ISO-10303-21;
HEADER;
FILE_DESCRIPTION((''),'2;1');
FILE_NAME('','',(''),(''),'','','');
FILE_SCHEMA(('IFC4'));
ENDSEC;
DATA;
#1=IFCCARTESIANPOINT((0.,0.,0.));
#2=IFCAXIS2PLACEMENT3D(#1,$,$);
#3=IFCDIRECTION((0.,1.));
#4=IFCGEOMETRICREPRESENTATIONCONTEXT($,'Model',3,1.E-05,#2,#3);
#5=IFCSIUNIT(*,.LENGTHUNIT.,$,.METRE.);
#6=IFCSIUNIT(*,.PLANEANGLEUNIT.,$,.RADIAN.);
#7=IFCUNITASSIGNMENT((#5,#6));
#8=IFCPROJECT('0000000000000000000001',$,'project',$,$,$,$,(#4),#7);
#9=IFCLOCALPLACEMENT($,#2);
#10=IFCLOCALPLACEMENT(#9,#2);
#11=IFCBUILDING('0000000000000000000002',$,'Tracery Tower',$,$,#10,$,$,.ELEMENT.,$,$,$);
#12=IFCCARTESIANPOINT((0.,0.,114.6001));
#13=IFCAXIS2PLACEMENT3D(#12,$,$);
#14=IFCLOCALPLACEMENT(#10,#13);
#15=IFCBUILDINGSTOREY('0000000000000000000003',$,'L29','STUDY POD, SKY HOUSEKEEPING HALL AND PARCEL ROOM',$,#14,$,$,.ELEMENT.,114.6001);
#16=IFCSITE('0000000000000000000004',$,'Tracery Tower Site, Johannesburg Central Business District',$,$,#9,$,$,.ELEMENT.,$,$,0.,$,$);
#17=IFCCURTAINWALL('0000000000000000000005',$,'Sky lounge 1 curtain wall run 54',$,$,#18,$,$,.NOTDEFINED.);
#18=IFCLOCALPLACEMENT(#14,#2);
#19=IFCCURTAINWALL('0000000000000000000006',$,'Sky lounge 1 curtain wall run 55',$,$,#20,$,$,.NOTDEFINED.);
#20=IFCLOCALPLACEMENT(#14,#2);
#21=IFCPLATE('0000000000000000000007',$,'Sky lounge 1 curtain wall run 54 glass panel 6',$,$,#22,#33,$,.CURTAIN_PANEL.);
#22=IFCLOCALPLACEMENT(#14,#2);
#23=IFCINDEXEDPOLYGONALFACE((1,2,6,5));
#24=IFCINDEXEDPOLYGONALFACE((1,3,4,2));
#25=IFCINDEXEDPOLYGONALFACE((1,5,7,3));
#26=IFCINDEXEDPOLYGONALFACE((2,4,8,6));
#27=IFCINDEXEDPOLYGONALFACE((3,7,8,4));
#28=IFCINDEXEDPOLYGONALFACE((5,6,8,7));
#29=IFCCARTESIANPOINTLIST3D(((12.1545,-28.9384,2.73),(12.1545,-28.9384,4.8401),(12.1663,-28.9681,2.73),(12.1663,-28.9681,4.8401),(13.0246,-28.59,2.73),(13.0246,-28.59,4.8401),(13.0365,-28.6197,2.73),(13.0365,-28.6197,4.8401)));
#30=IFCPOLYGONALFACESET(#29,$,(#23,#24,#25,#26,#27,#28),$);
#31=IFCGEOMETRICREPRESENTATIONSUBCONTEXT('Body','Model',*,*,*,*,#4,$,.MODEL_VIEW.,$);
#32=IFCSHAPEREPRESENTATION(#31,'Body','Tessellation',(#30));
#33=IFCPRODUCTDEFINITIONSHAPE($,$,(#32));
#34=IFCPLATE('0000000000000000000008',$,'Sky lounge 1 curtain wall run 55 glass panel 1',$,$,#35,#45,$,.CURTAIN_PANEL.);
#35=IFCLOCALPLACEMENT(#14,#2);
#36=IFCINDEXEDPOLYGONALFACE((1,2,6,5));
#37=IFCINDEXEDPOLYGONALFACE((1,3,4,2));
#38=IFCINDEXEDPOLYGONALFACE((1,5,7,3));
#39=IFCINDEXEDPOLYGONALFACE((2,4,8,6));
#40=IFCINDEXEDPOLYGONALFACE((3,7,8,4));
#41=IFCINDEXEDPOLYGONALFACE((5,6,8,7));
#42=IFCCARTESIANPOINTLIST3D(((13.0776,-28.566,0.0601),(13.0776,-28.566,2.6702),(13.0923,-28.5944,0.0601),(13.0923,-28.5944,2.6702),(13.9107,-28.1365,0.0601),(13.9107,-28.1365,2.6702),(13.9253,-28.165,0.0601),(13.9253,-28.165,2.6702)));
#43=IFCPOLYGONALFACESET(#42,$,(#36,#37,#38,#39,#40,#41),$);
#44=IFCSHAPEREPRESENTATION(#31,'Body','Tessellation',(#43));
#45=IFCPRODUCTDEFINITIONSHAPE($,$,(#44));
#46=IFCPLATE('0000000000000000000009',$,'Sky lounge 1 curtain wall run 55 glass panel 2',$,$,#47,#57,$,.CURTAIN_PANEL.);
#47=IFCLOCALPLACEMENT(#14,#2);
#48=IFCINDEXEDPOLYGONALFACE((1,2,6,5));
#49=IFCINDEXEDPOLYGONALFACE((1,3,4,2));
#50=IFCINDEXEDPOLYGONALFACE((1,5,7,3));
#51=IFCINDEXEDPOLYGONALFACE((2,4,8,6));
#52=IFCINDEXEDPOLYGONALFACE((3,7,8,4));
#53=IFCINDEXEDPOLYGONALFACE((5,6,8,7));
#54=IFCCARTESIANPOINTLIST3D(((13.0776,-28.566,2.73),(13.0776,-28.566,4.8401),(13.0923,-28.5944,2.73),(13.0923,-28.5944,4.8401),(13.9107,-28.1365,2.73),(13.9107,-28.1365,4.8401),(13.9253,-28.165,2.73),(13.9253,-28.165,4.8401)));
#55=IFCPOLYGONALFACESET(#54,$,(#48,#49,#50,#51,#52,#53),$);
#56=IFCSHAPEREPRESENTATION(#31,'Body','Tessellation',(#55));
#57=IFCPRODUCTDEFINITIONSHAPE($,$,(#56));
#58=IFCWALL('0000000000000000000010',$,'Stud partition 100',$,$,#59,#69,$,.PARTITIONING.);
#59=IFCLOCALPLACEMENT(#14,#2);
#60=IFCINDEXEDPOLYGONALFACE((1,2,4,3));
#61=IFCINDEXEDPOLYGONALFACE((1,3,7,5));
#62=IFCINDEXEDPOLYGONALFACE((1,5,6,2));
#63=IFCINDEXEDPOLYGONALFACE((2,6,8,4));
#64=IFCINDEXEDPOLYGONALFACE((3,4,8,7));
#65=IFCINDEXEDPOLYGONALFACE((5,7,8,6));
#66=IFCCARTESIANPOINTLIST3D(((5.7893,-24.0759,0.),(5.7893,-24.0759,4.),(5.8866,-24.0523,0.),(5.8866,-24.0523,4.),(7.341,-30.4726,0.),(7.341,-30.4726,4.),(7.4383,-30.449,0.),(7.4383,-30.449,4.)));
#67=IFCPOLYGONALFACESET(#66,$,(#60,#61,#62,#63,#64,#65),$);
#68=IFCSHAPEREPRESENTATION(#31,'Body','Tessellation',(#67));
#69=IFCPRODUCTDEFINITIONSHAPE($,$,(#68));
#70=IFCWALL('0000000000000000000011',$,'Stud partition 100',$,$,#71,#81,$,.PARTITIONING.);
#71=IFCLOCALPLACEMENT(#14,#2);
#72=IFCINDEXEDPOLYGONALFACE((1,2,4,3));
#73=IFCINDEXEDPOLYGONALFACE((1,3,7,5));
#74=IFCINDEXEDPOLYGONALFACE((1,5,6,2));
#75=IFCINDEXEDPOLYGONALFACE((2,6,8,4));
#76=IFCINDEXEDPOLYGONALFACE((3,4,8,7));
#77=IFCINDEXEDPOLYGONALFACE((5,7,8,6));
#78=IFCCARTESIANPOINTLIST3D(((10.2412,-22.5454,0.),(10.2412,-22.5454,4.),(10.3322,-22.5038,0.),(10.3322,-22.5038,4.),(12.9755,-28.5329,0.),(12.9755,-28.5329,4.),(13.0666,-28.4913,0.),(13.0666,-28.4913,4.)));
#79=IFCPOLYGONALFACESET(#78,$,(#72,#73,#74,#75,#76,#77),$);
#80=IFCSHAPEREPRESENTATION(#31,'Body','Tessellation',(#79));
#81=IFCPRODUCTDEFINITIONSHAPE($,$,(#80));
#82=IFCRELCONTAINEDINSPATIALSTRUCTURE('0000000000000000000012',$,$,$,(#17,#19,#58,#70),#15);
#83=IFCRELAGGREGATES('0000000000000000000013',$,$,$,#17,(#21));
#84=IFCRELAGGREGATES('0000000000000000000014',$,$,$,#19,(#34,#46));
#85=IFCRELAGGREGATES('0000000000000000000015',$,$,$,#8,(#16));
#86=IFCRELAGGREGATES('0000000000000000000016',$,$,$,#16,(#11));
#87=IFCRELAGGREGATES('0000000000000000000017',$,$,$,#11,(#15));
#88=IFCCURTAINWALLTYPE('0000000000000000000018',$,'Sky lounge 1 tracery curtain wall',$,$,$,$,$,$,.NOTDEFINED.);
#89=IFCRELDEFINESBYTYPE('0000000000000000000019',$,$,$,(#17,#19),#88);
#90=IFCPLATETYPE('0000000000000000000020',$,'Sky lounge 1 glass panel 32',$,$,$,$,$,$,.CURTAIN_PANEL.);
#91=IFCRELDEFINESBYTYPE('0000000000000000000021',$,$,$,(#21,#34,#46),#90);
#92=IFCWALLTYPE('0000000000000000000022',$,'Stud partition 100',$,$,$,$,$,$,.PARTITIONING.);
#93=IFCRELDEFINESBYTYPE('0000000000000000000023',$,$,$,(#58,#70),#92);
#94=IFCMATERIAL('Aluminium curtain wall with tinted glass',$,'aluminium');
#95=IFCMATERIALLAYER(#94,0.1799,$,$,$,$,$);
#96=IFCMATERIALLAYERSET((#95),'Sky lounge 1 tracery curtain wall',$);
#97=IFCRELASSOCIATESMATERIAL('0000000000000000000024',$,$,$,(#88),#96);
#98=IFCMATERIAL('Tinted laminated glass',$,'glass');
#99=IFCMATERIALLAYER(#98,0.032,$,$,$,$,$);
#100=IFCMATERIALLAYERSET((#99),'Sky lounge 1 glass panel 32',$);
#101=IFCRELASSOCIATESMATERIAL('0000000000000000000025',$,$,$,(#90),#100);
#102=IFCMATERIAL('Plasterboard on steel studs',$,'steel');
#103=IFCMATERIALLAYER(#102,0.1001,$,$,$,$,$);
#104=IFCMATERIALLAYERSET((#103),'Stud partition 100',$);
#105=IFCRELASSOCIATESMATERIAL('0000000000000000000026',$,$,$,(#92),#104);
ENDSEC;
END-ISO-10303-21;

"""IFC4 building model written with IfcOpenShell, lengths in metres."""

from ifc_helpers import new_model, si_unit, direction, frame, frame_2d, origin, origin_2d, place, context, subcontext, project, spatial, rectangle, extrude, material, layer, layer_set, type_object, element, aggregate, save


model = new_model("IFC4")

# Units and contexts
model_context = context("Model", 3, precision=1e-05, world=origin(), true_north=direction((0.0, 1.0)))
body_context = subcontext(model_context, "Body", "Model", "MODEL_VIEW")
ifc_project = project(units=[si_unit("LENGTHUNIT", "METRE"), si_unit("PLANEANGLEUNIT", "RADIAN")], contexts=[model_context])

# Site, building, storey
site_placement = place(None, origin())
site = spatial("IfcSite", under=ifc_project, at=site_placement, Name="Tracery Tower Site, Johannesburg Central Business District", CompositionType="ELEMENT", RefElevation=0.0)
building_placement = place(site_placement, origin())
building = spatial("IfcBuilding", under=site, at=building_placement, Name="Tracery Tower", CompositionType="ELEMENT")
storey_placement = place(building_placement, frame((0.0, 0.0, 114.6001)))
storey = spatial("IfcBuildingStorey", under=building, at=storey_placement, Name="L29", Description="STUDY POD, SKY HOUSEKEEPING HALL AND PARCEL ROOM", CompositionType="ELEMENT", Elevation=114.6001)

# Curtain walls
ifc_material_1 = material(Name="Aluminium curtain wall with tinted glass", Category="aluminium")
ifc_layer_1 = layer(ifc_material_1, 0.1799)
ifc_layer_set_1 = layer_set([ifc_layer_1], Name="Sky lounge 1 tracery curtain wall")
curtain_wall_type = type_object("IfcCurtainWallType", Name="Sky lounge 1 tracery curtain wall", PredefinedType="NOTDEFINED", material=ifc_layer_set_1)
curtain_wall_1_placement = place(storey_placement, origin())
curtain_wall_1 = element("IfcCurtainWall", 1, at=curtain_wall_1_placement, inside=storey, type_object=curtain_wall_type, Name="Sky lounge 1 curtain wall run 54", PredefinedType="NOTDEFINED")
curtain_wall_2_placement = place(storey_placement, origin())
curtain_wall_2 = element("IfcCurtainWall", 2, at=curtain_wall_2_placement, inside=storey, type_object=curtain_wall_type, Name="Sky lounge 1 curtain wall run 55", PredefinedType="NOTDEFINED")

# Plates
ifc_material_2 = material(Name="Tinted laminated glass", Category="glass")
ifc_layer_2 = layer(ifc_material_2, 0.032)
ifc_layer_set_2 = layer_set([ifc_layer_2], Name="Sky lounge 1 glass panel 32")
plate_type = type_object("IfcPlateType", Name="Sky lounge 1 glass panel 32", PredefinedType="CURTAIN_PANEL", material=ifc_layer_set_2)
plate_1_placement = place(storey_placement, frame((12.5955, -28.7791, 2.73), z_axis=(0.0, 0.0, 1.0), x_axis=(0.928368, 0.371662, 0.0)))
plate_1 = element("IfcPlate", 3, at=plate_1_placement, type_object=plate_type, Name="Sky lounge 1 curtain wall run 54 glass panel 6", PredefinedType="CURTAIN_PANEL", context=body_context, shape_type="SweptSolid", body=[
    extrude(rectangle(XDim=0.9373, YDim=0.032, at=origin_2d()), origin(), (0.0, 0.0, 1.0), 2.1101),
])
aggregate(curtain_wall_1, [plate_1])
plate_2_placement = place(storey_placement, frame((13.5015, -28.3655, 0.0601), z_axis=(0.0, 0.0, 1.0), x_axis=(0.888835, 0.458227, 0.0)))
plate_2 = element("IfcPlate", 4, at=plate_2_placement, type_object=plate_type, Name="Sky lounge 1 curtain wall run 55 glass panel 1", PredefinedType="CURTAIN_PANEL", context=body_context, shape_type="SweptSolid", body=[
    extrude(rectangle(XDim=0.9373, YDim=0.032, at=origin_2d()), origin(), (0.0, 0.0, 1.0), 2.6101),
])
plate_3_placement = place(storey_placement, frame((13.5015, -28.3655, 2.73), z_axis=(0.0, 0.0, 1.0), x_axis=(0.888835, 0.458227, 0.0)))
plate_3 = element("IfcPlate", 5, at=plate_3_placement, type_object=plate_type, Name="Sky lounge 1 curtain wall run 55 glass panel 2", PredefinedType="CURTAIN_PANEL", context=body_context, shape_type="SweptSolid", body=[
    extrude(rectangle(XDim=0.9373, YDim=0.032, at=origin_2d()), origin(), (0.0, 0.0, 1.0), 2.1101),
])
aggregate(curtain_wall_2, [plate_2, plate_3])

# Walls
ifc_material_3 = material(Name="Plasterboard on steel studs", Category="steel")
ifc_layer_3 = layer(ifc_material_3, 0.1001)
ifc_layer_set_3 = layer_set([ifc_layer_3], Name="Stud partition 100")
wall_type = type_object("IfcWallType", Name="Stud partition 100", PredefinedType="PARTITIONING", material=ifc_layer_set_3)
for number, where, z_axis, x_axis, name in (
    (6, (7.3896, -30.4607, 0.0), (0.0, 0.0, 1.0), (-0.235749, 0.971814, 0.0), "Stud partition 100"),
    (7, (13.021, -28.512, 0.0), (0.0, 0.0, 1.0), (-0.415409, 0.909635, 0.0), "Stud partition 100"),
):
    element("IfcWall", number, at=place(storey_placement, frame(where, z_axis=z_axis, x_axis=x_axis)), inside=storey, type_object=wall_type, Name=name, PredefinedType="PARTITIONING", context=body_context, shape_type="SweptSolid", body=[
        extrude(rectangle(XDim=6.5823, YDim=0.1001, at=frame_2d((3.291, 0.0))), origin(), (0.0, 0.0, 1.0), 4.0),
    ])

save(model, "model.ifc")
